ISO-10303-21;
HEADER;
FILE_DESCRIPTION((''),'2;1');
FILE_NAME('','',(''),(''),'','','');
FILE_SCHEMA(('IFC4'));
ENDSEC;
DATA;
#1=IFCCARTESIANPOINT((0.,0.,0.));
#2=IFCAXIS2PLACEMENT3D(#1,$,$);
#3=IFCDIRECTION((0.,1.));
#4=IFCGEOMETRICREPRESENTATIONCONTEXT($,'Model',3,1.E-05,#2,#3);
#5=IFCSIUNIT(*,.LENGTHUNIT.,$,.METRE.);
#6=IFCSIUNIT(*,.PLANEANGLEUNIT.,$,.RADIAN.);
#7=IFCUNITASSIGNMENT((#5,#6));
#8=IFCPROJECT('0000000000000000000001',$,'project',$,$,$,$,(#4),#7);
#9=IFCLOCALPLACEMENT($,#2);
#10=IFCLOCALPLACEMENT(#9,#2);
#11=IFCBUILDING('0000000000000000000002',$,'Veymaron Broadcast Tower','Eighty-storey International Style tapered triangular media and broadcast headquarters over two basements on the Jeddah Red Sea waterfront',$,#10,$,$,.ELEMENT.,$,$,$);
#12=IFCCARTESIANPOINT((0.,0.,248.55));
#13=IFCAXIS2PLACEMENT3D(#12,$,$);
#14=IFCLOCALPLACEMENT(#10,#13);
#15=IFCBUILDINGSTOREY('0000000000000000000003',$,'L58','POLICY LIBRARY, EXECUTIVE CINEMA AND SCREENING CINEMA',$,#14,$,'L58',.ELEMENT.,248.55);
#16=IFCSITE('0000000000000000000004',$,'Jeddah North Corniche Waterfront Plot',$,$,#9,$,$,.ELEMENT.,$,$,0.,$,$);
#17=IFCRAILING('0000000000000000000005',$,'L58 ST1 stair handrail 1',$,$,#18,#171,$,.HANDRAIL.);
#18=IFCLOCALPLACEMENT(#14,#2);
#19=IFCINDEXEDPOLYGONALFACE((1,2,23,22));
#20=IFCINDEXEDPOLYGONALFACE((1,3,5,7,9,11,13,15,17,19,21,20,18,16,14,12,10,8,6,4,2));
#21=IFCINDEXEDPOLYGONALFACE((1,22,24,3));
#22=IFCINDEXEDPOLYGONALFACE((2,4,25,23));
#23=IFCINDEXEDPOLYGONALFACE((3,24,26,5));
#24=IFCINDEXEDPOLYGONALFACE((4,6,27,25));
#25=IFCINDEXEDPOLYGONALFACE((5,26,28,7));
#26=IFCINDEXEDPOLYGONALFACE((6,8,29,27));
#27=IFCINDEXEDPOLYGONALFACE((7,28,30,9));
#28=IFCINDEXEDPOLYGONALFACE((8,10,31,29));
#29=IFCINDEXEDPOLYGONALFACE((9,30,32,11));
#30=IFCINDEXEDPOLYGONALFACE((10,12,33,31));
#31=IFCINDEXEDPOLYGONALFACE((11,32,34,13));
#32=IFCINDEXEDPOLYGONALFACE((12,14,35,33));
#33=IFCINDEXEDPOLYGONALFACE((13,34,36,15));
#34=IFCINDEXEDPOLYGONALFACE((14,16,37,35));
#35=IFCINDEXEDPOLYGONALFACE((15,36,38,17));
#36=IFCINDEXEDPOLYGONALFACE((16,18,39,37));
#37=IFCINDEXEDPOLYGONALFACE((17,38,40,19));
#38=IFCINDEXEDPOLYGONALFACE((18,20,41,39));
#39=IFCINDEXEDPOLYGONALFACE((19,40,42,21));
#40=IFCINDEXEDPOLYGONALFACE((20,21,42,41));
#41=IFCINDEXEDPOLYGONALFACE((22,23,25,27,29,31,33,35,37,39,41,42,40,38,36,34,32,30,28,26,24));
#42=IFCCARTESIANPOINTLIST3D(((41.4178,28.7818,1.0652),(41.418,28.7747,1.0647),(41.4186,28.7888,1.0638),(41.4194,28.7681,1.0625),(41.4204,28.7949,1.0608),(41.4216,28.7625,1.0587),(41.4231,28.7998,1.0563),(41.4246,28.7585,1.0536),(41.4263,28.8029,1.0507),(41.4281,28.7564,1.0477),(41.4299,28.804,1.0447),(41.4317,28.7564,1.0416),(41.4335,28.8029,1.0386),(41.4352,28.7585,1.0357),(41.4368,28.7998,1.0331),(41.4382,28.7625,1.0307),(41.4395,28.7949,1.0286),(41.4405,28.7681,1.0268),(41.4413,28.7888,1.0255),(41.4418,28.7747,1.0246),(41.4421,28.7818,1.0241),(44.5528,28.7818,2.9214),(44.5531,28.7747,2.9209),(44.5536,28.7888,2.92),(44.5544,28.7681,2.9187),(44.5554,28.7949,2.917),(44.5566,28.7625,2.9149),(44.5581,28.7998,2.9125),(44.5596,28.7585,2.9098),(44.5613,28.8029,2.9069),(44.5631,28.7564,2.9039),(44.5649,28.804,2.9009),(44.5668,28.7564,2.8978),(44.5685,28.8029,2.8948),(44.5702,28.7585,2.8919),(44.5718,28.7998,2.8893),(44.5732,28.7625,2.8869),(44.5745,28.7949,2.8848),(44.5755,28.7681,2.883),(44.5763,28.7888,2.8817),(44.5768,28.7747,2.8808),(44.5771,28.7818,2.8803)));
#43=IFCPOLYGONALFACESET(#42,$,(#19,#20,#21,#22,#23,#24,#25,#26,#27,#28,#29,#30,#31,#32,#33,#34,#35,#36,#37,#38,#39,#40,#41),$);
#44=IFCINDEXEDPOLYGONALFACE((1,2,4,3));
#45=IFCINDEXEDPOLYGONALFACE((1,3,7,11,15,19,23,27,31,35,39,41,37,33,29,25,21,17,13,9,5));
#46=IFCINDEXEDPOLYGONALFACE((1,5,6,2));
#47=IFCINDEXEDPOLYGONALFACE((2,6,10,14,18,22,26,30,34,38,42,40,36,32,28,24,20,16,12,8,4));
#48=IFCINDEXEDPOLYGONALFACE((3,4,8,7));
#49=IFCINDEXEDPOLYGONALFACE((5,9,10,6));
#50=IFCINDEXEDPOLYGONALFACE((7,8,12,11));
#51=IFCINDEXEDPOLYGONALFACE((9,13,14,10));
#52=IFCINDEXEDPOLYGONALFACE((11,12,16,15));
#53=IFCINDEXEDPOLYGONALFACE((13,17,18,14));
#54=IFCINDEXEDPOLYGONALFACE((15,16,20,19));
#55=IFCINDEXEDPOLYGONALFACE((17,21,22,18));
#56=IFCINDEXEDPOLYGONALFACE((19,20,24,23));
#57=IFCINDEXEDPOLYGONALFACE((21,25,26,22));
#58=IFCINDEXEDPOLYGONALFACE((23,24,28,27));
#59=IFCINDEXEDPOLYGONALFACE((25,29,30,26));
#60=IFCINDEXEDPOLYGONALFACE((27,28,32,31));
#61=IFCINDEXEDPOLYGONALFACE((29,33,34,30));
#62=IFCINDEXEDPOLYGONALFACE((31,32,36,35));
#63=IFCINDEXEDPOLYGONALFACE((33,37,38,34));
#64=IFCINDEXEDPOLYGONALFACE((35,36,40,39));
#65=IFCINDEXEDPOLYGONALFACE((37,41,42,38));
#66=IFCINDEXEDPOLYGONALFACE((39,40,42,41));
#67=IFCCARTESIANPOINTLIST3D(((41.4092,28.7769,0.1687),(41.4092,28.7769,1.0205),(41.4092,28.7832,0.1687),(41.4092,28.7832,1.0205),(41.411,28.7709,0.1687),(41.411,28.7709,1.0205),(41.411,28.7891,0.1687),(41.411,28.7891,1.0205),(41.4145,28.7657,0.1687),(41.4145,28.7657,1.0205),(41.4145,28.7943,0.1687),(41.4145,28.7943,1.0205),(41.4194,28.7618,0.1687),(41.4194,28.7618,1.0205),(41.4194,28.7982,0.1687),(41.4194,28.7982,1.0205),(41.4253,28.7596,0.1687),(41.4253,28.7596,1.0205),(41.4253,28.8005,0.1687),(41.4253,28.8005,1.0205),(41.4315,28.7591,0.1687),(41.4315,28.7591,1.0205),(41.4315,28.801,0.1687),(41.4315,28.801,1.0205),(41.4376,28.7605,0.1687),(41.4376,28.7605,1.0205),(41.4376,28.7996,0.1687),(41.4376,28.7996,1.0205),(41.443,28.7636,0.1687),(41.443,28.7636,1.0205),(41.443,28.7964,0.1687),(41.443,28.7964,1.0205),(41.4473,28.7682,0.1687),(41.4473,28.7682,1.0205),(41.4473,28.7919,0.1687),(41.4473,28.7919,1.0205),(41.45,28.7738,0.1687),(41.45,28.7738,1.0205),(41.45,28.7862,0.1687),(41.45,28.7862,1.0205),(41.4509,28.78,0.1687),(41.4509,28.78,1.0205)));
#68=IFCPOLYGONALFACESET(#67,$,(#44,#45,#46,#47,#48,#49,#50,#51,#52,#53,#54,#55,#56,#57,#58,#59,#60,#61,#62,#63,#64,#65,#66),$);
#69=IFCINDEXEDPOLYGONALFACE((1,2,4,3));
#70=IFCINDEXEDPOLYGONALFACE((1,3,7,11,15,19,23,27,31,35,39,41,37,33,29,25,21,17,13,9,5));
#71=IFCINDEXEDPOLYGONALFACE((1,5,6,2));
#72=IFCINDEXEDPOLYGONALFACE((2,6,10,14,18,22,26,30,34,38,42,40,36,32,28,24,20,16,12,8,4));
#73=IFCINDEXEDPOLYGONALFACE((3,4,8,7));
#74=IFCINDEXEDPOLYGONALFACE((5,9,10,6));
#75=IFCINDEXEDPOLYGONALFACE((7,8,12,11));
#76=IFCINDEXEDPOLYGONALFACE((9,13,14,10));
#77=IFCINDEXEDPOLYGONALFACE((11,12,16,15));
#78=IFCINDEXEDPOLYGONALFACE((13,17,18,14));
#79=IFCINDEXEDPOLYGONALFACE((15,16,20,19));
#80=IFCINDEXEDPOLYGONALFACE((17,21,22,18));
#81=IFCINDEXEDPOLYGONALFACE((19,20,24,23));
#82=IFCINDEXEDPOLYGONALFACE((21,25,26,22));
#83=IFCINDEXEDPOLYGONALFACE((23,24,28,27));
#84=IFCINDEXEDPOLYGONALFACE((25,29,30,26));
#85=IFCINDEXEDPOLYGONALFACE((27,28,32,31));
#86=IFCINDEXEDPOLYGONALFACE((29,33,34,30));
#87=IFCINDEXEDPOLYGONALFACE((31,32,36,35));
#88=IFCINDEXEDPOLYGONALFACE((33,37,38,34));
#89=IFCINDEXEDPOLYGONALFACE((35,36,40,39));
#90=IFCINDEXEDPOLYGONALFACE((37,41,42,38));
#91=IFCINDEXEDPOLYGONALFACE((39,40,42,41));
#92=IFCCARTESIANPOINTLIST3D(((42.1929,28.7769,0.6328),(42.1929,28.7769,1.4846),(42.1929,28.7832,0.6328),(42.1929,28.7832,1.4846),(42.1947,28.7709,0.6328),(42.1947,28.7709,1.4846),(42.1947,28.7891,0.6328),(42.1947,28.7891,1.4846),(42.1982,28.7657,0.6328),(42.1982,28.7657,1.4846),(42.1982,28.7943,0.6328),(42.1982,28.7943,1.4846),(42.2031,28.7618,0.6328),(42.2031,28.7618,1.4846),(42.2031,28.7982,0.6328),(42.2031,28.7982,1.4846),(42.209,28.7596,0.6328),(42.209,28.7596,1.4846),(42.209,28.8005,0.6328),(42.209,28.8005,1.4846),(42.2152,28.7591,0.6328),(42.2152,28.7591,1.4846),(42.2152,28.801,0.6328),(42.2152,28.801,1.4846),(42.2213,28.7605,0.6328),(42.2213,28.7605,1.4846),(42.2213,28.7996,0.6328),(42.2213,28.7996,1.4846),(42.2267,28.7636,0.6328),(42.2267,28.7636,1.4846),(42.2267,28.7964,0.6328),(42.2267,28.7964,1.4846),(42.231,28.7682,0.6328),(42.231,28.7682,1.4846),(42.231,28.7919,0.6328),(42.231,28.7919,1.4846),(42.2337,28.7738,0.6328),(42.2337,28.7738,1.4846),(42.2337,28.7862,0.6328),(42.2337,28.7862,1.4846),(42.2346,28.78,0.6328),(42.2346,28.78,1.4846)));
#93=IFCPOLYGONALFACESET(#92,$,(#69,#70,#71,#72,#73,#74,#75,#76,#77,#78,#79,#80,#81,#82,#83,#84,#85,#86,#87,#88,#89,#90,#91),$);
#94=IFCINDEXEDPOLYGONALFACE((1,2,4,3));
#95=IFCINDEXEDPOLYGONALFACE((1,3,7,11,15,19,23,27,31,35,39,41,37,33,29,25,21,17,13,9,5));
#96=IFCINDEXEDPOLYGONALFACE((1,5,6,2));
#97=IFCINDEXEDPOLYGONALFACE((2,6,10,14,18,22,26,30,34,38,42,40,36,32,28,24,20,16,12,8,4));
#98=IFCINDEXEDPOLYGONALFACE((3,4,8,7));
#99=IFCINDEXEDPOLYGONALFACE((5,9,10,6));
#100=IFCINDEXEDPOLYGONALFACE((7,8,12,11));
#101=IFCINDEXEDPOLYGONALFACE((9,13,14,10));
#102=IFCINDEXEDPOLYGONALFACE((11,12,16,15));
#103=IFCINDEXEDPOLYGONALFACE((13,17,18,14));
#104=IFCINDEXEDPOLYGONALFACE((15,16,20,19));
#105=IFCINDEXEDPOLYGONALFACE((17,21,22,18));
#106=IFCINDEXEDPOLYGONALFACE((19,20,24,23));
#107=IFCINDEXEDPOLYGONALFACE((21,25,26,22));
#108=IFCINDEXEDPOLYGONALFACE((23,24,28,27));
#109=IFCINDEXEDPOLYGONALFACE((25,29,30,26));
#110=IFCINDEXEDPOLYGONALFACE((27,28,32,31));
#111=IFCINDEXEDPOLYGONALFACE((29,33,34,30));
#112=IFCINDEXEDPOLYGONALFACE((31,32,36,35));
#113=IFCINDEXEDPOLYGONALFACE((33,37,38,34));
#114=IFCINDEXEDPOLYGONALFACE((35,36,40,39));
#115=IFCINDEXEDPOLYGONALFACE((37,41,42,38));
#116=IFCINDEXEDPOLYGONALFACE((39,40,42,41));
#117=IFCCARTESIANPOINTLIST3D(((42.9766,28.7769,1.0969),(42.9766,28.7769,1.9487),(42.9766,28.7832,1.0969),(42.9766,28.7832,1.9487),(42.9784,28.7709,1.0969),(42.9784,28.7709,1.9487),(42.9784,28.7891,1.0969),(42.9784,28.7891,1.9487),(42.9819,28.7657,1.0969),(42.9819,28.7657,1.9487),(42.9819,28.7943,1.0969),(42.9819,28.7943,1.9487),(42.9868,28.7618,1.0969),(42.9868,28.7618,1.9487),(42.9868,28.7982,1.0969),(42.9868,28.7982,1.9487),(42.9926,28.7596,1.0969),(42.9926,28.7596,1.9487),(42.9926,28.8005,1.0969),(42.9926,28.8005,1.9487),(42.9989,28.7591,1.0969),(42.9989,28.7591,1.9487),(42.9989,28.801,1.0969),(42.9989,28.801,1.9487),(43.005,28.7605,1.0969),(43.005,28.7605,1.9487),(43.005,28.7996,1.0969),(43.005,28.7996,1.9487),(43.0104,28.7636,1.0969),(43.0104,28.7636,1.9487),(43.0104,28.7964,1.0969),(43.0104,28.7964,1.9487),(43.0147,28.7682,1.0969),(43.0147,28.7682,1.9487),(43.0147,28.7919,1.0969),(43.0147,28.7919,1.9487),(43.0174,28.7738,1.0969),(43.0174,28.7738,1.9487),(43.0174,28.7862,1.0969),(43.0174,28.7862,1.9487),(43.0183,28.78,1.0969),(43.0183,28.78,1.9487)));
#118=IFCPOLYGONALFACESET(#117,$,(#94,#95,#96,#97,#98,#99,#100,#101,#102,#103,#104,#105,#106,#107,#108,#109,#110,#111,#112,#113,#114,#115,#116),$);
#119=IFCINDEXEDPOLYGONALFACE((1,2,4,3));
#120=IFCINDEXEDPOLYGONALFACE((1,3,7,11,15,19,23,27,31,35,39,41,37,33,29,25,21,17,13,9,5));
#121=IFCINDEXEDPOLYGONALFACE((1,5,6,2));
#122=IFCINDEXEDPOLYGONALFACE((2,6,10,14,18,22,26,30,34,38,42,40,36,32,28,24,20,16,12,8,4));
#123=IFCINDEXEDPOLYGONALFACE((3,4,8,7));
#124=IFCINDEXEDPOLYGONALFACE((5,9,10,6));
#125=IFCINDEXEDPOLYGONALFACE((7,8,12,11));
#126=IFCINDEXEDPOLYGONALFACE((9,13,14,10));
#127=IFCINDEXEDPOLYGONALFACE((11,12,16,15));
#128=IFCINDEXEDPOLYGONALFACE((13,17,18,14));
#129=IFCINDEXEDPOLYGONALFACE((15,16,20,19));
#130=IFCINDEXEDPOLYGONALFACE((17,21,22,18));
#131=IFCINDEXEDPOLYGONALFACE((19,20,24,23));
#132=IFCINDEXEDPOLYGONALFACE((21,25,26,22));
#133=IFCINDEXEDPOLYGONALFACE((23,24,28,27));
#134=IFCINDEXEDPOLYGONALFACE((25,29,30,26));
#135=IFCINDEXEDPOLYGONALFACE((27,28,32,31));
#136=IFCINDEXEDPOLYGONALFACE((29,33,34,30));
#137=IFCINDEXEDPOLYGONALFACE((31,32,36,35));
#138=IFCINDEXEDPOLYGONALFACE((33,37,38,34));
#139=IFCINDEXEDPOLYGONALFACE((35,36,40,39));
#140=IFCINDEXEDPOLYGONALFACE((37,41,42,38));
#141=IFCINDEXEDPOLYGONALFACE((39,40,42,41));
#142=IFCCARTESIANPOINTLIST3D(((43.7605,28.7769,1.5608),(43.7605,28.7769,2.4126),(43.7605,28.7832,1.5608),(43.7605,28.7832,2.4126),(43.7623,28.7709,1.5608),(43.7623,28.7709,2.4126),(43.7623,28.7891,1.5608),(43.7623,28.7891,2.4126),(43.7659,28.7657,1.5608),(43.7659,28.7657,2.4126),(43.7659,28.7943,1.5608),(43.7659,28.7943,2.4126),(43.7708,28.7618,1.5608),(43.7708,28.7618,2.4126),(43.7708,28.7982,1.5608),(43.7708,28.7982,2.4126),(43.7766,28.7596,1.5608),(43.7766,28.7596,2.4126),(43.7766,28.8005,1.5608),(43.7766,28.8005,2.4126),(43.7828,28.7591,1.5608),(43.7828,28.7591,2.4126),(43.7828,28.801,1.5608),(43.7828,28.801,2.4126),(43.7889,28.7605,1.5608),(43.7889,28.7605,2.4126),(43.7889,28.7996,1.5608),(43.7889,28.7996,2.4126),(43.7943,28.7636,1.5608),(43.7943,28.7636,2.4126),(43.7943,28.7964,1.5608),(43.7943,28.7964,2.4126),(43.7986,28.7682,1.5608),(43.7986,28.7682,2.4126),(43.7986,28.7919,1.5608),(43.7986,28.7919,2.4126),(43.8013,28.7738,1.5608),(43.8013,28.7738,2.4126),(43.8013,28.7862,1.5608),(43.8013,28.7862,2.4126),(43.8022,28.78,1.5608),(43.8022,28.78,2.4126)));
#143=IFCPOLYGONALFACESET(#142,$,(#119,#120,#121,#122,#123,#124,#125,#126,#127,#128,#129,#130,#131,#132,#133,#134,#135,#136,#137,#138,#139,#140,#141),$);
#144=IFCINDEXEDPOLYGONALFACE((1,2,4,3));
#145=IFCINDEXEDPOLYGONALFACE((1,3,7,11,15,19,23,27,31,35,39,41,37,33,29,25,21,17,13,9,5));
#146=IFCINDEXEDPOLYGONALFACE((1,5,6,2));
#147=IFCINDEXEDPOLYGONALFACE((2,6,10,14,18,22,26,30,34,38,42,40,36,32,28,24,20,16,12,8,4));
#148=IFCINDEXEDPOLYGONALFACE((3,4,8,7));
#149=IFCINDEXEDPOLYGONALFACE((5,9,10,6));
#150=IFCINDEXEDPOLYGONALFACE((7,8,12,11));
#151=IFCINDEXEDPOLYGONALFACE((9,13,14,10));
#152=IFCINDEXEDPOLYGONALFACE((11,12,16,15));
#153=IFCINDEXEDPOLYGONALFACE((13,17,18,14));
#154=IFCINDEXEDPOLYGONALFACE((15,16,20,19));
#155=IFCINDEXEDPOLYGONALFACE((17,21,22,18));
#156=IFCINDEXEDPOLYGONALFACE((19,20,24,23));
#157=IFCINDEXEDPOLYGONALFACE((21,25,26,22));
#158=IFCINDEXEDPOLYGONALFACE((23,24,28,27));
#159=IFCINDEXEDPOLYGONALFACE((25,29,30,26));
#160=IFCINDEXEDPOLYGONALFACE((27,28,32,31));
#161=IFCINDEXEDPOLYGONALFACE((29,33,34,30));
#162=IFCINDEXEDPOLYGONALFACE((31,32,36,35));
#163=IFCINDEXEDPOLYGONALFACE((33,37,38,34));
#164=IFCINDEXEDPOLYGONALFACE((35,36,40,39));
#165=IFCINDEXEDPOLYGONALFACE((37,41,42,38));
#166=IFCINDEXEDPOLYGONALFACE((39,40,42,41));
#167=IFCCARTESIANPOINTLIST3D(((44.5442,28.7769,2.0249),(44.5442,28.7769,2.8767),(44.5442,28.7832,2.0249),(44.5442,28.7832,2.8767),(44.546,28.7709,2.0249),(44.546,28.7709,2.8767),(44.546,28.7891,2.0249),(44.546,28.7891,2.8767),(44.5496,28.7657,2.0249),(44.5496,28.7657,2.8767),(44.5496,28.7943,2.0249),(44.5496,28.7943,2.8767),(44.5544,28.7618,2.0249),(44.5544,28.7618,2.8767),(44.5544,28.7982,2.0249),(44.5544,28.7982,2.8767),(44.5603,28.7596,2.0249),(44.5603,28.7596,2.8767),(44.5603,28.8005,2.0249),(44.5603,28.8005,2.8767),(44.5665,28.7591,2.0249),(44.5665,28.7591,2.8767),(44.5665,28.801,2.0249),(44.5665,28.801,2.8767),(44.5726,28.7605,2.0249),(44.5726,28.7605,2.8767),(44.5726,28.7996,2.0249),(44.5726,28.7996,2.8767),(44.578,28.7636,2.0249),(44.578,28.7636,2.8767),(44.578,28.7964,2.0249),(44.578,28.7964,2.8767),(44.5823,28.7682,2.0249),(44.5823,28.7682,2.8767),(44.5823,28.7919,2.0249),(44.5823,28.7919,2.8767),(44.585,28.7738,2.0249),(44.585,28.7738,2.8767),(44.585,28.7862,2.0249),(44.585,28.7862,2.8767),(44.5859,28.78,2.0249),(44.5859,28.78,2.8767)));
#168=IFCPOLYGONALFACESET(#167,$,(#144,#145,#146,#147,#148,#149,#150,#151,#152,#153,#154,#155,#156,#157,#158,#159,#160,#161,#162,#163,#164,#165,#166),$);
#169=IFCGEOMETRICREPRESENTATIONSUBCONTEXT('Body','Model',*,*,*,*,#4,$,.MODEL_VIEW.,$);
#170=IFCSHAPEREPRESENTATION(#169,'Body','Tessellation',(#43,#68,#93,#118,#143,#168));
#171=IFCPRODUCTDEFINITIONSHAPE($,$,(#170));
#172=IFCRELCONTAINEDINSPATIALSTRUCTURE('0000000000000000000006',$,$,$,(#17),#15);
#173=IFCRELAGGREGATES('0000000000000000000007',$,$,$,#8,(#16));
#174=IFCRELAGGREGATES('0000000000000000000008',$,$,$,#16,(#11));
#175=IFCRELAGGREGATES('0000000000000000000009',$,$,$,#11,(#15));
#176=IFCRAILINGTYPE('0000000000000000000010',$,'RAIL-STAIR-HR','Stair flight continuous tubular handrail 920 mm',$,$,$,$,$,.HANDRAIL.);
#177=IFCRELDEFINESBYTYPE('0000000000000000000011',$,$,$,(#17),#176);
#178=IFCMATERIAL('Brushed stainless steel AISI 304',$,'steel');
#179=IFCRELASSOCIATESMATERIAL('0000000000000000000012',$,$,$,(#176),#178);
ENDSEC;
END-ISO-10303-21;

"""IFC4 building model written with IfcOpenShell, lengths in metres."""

from ifc_helpers import new_model, si_unit, direction, frame, origin, origin_2d, place, context, subcontext, project, spatial, circle, extrude, material, type_object, element, save


model = new_model("IFC4")

# Units and contexts
model_context = context("Model", 3, precision=1e-05, world=origin(), true_north=direction((0.0, 1.0)))
body_context = subcontext(model_context, "Body", "Model", "MODEL_VIEW")
ifc_project = project(units=[si_unit("LENGTHUNIT", "METRE"), si_unit("PLANEANGLEUNIT", "RADIAN")], contexts=[model_context])

# Site, building, storey
site_placement = place(None, origin())
site = spatial("IfcSite", under=ifc_project, at=site_placement, Name="Jeddah North Corniche Waterfront Plot", CompositionType="ELEMENT", RefElevation=0.0)
building_placement = place(site_placement, origin())
building = spatial("IfcBuilding", under=site, at=building_placement, Name="Veymaron Broadcast Tower", Description="Eighty-storey International Style tapered triangular media and broadcast headquarters over two basements on the Jeddah Red Sea waterfront", CompositionType="ELEMENT")
storey_placement = place(building_placement, frame((0.0, 0.0, 248.55)))
storey = spatial("IfcBuildingStorey", under=building, at=storey_placement, Name="L58", Description="POLICY LIBRARY, EXECUTIVE CINEMA AND SCREENING CINEMA", LongName="L58", CompositionType="ELEMENT", Elevation=248.55)

# Shared definitions
ifc_material_1 = material(Name="Brushed stainless steel AISI 304", Category="steel")

# Railing
railing_type_1 = type_object("IfcRailingType", Name="RAIL-STAIR-HR", Description="Stair flight continuous tubular handrail 920 mm", PredefinedType="HANDRAIL", material=ifc_material_1)
railing_1_placement = place(storey_placement, frame((41.4299, 28.78, 0.1687)))
element("IfcRailing", 1, at=railing_1_placement, inside=storey, type_object=railing_type_1, Name="L58 ST1 stair handrail 1", PredefinedType="HANDRAIL", context=body_context, shape_type="SweptSolid", body=[
    extrude(circle(Radius=0.0239, at=origin_2d()), frame((0.0, 0.0, 0.876), z_axis=(0.860482, 0.0, 0.509481), x_axis=(0.0, 1.0, 0.0)), (0.0, 0.0, 1.0), 3.6433),
    extrude(circle(Radius=0.021, at=origin_2d()), origin(), (0.0, 0.0, 1.0), 0.8518),
    extrude(circle(Radius=0.021, at=origin_2d()), frame((0.7837, 0.0, 0.4641)), (0.0, 0.0, 1.0), 0.8518),
    extrude(circle(Radius=0.021, at=origin_2d()), frame((1.5674, 0.0, 0.9282)), (0.0, 0.0, 1.0), 0.8518),
    extrude(circle(Radius=0.021, at=origin_2d()), frame((2.3513, 0.0, 1.3921)), (0.0, 0.0, 1.0), 0.8518),
    extrude(circle(Radius=0.021, at=origin_2d()), frame((3.135, 0.0, 1.8562)), (0.0, 0.0, 1.0), 0.8518),
])

save(model, "model.ifc")
